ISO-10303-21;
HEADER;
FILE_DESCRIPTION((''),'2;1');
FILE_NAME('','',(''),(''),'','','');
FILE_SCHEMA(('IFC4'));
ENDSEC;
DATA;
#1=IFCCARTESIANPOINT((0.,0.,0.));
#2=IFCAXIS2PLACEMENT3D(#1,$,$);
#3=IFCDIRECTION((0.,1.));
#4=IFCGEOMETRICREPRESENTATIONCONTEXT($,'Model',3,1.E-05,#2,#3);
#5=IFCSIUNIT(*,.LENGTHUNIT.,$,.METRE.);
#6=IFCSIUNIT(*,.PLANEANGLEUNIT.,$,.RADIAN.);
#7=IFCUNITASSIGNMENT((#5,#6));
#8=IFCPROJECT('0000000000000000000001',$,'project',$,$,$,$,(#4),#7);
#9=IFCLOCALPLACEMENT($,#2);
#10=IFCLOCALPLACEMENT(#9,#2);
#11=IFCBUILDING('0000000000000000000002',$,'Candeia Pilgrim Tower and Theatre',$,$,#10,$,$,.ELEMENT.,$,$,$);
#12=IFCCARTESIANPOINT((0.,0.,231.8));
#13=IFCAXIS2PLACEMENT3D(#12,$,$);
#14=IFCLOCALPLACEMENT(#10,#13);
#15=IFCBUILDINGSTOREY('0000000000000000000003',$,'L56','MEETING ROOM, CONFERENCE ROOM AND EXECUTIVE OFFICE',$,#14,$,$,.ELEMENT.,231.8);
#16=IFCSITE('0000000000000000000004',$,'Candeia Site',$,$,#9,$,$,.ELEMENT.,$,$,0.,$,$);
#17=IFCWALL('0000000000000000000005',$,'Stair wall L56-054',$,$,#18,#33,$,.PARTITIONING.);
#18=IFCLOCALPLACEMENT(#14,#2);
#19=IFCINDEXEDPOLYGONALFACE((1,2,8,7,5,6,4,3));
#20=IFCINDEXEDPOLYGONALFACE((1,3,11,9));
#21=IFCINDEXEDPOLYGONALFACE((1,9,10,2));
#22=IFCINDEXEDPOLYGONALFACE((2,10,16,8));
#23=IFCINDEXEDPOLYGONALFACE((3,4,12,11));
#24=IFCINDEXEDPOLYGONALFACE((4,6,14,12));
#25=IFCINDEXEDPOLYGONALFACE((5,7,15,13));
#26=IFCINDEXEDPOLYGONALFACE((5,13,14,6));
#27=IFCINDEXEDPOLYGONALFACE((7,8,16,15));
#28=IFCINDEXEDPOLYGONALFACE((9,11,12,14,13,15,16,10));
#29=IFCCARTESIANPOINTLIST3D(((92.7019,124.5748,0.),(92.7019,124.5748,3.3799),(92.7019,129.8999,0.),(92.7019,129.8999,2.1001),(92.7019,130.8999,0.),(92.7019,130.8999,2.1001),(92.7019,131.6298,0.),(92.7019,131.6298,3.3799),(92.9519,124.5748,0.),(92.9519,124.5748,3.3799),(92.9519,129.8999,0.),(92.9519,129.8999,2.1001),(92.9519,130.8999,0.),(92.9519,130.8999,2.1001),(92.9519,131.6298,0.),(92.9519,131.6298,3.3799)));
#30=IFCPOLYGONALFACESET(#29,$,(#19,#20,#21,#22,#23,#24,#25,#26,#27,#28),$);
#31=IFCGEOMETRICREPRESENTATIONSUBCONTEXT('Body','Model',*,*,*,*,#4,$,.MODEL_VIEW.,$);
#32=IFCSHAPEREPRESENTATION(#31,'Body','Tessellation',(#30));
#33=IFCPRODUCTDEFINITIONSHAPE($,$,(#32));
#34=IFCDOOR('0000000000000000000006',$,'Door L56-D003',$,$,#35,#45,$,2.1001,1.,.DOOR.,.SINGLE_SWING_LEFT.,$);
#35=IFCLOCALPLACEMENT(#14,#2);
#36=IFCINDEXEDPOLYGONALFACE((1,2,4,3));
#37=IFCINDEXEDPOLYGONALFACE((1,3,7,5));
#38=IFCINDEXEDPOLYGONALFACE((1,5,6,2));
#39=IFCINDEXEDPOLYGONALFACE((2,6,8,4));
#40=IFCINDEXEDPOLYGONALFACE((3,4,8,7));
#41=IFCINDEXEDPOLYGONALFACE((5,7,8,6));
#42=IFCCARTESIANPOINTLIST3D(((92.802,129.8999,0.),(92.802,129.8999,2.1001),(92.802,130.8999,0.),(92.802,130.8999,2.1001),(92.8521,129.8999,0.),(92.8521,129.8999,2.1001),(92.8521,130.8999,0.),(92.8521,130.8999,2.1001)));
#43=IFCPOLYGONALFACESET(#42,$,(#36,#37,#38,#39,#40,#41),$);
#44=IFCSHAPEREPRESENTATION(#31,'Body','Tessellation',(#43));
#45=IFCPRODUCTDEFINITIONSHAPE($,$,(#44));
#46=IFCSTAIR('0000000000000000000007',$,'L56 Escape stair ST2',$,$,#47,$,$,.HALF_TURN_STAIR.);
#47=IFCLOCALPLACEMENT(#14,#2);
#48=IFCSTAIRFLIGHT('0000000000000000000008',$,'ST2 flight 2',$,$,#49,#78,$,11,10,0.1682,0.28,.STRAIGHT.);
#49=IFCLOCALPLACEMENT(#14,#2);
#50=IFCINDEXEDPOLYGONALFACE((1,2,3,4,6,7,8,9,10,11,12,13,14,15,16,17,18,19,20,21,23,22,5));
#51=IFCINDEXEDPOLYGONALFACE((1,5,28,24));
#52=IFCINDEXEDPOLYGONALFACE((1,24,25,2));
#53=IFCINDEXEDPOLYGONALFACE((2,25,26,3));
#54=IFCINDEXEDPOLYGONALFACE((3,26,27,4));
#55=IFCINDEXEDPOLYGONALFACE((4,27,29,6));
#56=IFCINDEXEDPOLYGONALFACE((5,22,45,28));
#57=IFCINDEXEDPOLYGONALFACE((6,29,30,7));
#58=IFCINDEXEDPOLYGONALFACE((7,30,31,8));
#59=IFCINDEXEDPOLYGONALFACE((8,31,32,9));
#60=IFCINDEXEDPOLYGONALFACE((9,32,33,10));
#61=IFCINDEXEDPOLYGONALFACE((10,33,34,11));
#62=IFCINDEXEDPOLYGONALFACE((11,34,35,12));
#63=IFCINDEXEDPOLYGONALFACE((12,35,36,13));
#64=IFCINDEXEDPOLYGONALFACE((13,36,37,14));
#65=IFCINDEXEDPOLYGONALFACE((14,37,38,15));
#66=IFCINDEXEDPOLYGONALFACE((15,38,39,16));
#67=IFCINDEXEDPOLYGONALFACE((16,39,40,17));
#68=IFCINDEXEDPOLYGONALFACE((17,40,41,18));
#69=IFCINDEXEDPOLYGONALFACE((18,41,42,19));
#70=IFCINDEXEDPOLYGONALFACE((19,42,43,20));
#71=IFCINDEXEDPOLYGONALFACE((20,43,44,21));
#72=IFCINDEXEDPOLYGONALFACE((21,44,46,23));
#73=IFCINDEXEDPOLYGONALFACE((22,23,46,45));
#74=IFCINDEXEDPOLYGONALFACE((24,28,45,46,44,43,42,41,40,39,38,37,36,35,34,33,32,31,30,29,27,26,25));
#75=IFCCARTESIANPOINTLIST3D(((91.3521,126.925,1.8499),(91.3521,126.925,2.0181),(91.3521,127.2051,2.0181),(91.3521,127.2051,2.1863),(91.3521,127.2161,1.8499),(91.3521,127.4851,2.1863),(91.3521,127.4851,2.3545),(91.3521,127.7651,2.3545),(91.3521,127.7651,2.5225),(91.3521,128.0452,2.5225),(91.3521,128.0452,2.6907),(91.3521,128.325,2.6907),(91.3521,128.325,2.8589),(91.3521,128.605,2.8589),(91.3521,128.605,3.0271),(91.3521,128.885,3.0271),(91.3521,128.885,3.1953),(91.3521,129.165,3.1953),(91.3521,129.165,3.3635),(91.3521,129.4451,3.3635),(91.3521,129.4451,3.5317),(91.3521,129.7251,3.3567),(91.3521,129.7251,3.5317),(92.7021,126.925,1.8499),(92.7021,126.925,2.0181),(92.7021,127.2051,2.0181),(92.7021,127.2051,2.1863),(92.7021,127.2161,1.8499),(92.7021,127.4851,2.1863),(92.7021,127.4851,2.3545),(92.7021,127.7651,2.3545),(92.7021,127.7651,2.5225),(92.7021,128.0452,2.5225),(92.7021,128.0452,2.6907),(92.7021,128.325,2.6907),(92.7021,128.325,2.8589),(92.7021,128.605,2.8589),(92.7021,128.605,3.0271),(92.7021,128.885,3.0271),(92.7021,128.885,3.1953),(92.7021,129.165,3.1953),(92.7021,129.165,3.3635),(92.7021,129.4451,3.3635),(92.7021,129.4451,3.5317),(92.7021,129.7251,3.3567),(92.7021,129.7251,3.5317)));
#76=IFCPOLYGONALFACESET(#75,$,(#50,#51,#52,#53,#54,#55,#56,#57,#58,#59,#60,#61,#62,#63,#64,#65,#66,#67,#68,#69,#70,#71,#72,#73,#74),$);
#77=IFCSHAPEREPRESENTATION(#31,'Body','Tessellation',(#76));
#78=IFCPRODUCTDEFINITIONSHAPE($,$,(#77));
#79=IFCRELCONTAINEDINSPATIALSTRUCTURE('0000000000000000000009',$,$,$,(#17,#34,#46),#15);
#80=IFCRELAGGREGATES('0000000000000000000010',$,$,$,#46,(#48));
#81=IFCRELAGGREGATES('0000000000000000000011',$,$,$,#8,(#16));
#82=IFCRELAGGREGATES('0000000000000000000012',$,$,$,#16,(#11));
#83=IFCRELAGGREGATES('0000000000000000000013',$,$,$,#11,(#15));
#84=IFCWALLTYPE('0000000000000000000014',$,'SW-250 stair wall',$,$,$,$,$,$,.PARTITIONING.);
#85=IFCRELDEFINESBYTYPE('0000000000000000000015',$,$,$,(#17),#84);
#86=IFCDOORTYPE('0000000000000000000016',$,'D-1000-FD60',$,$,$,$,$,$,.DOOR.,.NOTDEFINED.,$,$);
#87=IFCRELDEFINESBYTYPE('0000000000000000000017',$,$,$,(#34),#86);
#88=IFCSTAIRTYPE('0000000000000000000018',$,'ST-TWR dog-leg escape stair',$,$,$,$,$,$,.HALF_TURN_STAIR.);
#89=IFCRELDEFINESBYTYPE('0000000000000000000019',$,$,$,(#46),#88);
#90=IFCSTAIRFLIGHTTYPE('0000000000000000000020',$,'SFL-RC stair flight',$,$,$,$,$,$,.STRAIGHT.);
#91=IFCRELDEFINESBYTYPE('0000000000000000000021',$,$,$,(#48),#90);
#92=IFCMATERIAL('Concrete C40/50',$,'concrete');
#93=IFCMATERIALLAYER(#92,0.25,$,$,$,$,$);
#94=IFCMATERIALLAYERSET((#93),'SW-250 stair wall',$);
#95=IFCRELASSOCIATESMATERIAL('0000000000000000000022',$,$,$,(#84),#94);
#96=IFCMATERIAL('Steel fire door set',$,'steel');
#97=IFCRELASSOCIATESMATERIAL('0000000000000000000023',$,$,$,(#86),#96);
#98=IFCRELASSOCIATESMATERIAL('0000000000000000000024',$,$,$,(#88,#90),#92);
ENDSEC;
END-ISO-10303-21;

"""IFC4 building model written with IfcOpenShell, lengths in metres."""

from ifc_helpers import new_model, si_unit, direction, frame, frame_2d, origin, place, context, subcontext, project, spatial, polyline, rectangle, outline, extrude, material, layer, layer_set, type_object, element, fill, aggregate, save


model = new_model("IFC4")

# Units and contexts
model_context = context("Model", 3, precision=1e-05, world=origin(), true_north=direction((0.0, 1.0)))
body_context = subcontext(model_context, "Body", "Model", "MODEL_VIEW")
ifc_project = project(units=[si_unit("LENGTHUNIT", "METRE"), si_unit("PLANEANGLEUNIT", "RADIAN")], contexts=[model_context])

# Site, building, storey
site_placement = place(None, origin())
site = spatial("IfcSite", under=ifc_project, at=site_placement, Name="Candeia Site", CompositionType="ELEMENT", RefElevation=0.0)
building_placement = place(site_placement, origin())
building = spatial("IfcBuilding", under=site, at=building_placement, Name="Candeia Pilgrim Tower and Theatre", CompositionType="ELEMENT")
storey_placement = place(building_placement, frame((0.0, 0.0, 231.8)))
storey = spatial("IfcBuildingStorey", under=building, at=storey_placement, Name="L56", Description="MEETING ROOM, CONFERENCE ROOM AND EXECUTIVE OFFICE", CompositionType="ELEMENT", Elevation=231.8)

# Shared definitions
ifc_material_1 = material(Name="Steel fire door set", Category="steel")

# Shared definitions
ifc_material_2 = material(Name="Concrete C40/50", Category="concrete")

# Wall, opening, door
ifc_layer_1 = layer(ifc_material_2, 0.25)
ifc_layer_set_1 = layer_set([ifc_layer_1], Name="SW-250 stair wall")
wall_type_1 = type_object("IfcWallType", Name="SW-250 stair wall", PredefinedType="PARTITIONING", material=ifc_layer_set_1)
wall_1_placement = place(storey_placement, frame((92.8269, 124.575, 0.0), z_axis=(0.0, 0.0, 1.0), x_axis=(0.0, 1.0, 0.0)))
wall_1 = element("IfcWall", 1, at=wall_1_placement, inside=storey, type_object=wall_type_1, Name="Stair wall L56-054", PredefinedType="PARTITIONING", context=body_context, shape_type="SweptSolid", body=[
    extrude(rectangle(XDim=7.0549, YDim=0.25, at=frame_2d((3.5273, 0.0))), origin(), (0.0, 0.0, 1.0), 3.3799),
])
opening_1_placement = place(wall_1_placement, frame((5.325, 0.0, 0.0)))
opening_1 = element("IfcOpeningElement", 2, at=opening_1_placement, cuts=wall_1, PredefinedType="OPENING", context=body_context, shape_type="SweptSolid", body=[
    extrude(rectangle(XDim=1.0, YDim=2.1001, at=frame_2d((0.5, 1.05))), frame((0.0, 0.135, 0.0), z_axis=(0.0, -1.0, 0.0), x_axis=(1.0, 0.0, 0.0)), (0.0, 0.0, 1.0), 0.27),
])
door_type_1 = type_object("IfcDoorType", Name="D-1000-FD60", OperationType="NOTDEFINED", PredefinedType="DOOR", material=ifc_material_1)
door_1_placement = place(opening_1_placement, origin())
door_1 = element("IfcDoor", 3, at=door_1_placement, inside=storey, type_object=door_type_1, Name="Door L56-D003", OperationType="SINGLE_SWING_LEFT", OverallHeight=2.1001, OverallWidth=1.0, PredefinedType="DOOR", context=body_context, shape_type="SweptSolid", body=[
    extrude(rectangle(XDim=1.0, YDim=2.1001, at=frame_2d((0.5, 1.05))), frame((0.0, 0.0249, 0.0), z_axis=(0.0, -1.0, 0.0), x_axis=(1.0, 0.0, 0.0)), (0.0, 0.0, 1.0), 0.05),
])
fill(opening_1, door_1)

# Stair, stair flight
stair_type = type_object("IfcStairType", Name="ST-TWR dog-leg escape stair", PredefinedType="HALF_TURN_STAIR", material=ifc_material_2)
stair_placement = place(storey_placement, origin())
stair = element("IfcStair", 4, at=stair_placement, inside=storey, type_object=stair_type, Name="L56 Escape stair ST2", PredefinedType="HALF_TURN_STAIR")
stair_flight_type = type_object("IfcStairFlightType", Name="SFL-RC stair flight", PredefinedType="STRAIGHT", material=ifc_material_2)
stair_flight_placement = place(storey_placement, frame((92.0271, 126.925, 1.8499), z_axis=(0.0, 0.0, 1.0), x_axis=(0.0, 1.0, 0.0)))
stair_flight = element("IfcStairFlight", 5, at=stair_flight_placement, type_object=stair_flight_type, Name="ST2 flight 2", NumberOfRisers=11, NumberOfTreads=10, PredefinedType="STRAIGHT", RiserHeight=0.1682, TreadLength=0.28, context=body_context, shape_type="SweptSolid", body=[
    extrude(outline(polyline([(0.0, 0.0), (0.0, 0.1682), (0.28, 0.1682), (0.28, 0.3364), (0.5601, 0.3364), (0.5601, 0.5046), (0.8401, 0.5046), (0.8401, 0.6726), (1.1201, 0.6726), (1.1201, 0.8408), (1.3999, 0.8408), (1.3999, 1.009), (1.6799, 1.009), (1.6799, 1.1772), (1.96, 1.1772), (1.96, 1.3455), (2.24, 1.3455), (2.24, 1.5137), (2.52, 1.5137), (2.52, 1.6819), (2.8, 1.6819), (2.8, 1.8501), (2.8, 1.5068), (0.291, 0.0), (0.0, 0.0)])), frame((0.0, 0.675, 0.0), z_axis=(0.0, -1.0, 0.0), x_axis=(1.0, 0.0, 0.0)), (0.0, 0.0, 1.0), 1.3501),
])
aggregate(stair, [stair_flight])

save(model, "model.ifc")
